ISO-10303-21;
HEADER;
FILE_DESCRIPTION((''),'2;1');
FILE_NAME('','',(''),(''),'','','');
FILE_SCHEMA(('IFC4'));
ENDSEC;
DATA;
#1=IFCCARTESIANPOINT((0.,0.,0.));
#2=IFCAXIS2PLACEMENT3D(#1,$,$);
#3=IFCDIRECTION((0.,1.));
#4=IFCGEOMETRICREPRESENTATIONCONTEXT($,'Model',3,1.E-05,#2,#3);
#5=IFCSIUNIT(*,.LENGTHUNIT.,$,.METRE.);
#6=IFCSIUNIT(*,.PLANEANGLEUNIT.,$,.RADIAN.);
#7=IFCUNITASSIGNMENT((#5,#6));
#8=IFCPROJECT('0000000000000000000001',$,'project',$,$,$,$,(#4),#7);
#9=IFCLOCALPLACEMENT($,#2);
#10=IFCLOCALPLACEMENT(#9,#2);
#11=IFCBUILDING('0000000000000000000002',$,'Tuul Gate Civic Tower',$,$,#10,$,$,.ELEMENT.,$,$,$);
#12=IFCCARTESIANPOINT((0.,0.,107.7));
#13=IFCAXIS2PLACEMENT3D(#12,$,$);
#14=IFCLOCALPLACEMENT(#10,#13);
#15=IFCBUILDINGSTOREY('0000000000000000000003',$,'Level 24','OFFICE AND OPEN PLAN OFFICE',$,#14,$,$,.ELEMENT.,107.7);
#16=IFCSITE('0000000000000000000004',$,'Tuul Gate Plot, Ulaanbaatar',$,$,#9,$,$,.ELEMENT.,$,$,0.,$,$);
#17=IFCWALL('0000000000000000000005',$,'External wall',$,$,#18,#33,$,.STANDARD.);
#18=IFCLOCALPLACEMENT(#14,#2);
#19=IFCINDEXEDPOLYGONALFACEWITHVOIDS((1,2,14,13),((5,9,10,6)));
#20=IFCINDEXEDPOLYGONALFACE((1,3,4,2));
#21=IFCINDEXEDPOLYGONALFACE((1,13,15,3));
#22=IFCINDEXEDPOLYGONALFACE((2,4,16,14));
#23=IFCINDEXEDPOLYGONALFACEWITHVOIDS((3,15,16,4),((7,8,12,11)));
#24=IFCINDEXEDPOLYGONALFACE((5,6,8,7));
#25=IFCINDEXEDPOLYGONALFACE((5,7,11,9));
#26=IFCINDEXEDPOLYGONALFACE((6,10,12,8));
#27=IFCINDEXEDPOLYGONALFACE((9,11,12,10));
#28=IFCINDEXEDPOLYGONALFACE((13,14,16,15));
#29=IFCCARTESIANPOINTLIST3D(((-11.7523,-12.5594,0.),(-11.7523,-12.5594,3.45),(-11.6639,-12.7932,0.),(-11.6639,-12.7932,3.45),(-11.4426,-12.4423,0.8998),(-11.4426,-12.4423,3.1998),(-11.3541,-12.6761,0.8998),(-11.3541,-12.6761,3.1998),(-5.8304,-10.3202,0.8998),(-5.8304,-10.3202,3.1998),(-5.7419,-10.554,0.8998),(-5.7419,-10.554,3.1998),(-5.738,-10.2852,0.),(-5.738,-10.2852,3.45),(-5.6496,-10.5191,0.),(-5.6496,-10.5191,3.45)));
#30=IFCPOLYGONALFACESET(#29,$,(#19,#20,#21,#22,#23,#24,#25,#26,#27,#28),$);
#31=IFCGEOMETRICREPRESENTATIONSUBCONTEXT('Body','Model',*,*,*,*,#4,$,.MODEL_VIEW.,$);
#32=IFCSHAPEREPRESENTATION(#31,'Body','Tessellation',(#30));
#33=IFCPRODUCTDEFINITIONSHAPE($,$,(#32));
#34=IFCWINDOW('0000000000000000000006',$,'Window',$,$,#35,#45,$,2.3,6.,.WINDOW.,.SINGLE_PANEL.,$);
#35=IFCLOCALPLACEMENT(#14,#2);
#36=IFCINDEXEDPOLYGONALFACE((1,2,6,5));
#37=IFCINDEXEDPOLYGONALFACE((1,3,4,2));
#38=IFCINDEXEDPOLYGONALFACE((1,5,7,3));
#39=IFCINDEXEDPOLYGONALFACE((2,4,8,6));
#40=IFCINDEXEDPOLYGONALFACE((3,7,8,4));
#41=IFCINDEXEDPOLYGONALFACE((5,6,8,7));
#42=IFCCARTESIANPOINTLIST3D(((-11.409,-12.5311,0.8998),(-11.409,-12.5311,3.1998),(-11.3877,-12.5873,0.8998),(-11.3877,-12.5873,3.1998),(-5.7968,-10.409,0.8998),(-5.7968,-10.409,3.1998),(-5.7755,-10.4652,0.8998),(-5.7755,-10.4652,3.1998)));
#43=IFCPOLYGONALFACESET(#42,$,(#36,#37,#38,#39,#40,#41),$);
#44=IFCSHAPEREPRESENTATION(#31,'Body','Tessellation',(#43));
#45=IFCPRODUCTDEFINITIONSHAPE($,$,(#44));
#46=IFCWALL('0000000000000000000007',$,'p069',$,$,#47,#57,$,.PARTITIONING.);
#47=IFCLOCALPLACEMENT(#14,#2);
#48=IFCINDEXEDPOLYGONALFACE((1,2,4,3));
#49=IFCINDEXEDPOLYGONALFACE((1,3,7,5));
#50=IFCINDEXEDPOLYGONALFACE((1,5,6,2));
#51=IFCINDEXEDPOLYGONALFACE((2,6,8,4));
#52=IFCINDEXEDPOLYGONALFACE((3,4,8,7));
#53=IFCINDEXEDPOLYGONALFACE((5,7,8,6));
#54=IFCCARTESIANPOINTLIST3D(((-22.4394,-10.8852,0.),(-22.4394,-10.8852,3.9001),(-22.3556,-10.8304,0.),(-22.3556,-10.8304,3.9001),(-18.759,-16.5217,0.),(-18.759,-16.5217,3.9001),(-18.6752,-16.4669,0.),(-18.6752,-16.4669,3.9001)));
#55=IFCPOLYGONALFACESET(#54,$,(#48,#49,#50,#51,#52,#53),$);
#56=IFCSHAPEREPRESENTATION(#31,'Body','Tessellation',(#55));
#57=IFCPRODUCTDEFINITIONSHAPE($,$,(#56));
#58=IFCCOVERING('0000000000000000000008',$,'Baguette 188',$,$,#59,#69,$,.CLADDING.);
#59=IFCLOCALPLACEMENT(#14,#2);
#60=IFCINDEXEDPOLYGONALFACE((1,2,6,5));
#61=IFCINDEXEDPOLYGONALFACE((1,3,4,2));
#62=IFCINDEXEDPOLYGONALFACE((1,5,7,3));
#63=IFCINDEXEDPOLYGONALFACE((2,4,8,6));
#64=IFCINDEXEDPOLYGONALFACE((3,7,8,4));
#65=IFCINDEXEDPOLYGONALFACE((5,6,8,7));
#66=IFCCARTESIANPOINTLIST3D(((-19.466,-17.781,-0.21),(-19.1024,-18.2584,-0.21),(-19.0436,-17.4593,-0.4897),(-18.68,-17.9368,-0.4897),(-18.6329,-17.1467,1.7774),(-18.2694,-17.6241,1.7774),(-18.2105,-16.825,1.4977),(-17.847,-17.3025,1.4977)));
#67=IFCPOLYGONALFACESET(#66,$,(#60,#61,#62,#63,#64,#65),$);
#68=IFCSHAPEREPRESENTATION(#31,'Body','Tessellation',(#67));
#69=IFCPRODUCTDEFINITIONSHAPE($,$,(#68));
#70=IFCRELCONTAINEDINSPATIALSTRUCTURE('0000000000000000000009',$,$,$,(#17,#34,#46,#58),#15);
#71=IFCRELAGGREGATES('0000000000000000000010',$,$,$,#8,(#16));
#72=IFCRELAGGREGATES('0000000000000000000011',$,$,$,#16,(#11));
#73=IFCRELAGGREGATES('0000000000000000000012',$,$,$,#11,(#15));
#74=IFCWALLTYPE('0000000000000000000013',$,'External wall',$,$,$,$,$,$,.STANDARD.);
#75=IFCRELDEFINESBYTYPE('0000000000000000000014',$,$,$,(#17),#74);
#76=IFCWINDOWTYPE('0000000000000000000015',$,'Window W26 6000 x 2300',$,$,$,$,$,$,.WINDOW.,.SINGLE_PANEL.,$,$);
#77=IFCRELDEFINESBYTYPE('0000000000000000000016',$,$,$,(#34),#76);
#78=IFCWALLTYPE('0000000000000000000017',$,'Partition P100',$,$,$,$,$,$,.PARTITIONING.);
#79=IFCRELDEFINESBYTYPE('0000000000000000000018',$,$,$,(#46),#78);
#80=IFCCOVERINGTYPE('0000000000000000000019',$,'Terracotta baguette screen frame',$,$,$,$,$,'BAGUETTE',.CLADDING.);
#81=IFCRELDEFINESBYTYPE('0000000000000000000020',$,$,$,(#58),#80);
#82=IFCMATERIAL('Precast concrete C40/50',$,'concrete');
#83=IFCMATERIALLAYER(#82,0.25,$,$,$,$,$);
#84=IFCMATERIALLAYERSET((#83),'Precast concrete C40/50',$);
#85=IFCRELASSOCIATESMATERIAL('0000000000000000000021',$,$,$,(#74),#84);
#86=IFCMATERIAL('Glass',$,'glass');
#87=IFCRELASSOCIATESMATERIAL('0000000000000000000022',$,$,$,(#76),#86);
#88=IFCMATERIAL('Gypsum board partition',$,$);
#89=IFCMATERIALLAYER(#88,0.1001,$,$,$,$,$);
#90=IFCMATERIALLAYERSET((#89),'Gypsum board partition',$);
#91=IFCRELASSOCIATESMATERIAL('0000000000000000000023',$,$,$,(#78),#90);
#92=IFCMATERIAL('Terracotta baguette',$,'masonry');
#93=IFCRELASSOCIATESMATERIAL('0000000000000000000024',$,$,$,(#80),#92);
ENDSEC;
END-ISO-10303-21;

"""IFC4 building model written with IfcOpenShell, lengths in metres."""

from ifc_helpers import new_model, si_unit, direction, frame, frame_2d, origin, origin_2d, place, context, subcontext, project, spatial, rectangle, extrude, material, layer, layer_set, material_profile, profile_set, type_object, element, fill, save


model = new_model("IFC4")

# Units and contexts
model_context = context("Model", 3, precision=1e-05, world=origin(), true_north=direction((0.0, 1.0)))
body_context = subcontext(model_context, "Body", "Model", "MODEL_VIEW")
ifc_project = project(units=[si_unit("LENGTHUNIT", "METRE"), si_unit("PLANEANGLEUNIT", "RADIAN")], contexts=[model_context])

# Site, building, storey
site_placement = place(None, origin())
site = spatial("IfcSite", under=ifc_project, at=site_placement, Name="Tuul Gate Plot, Ulaanbaatar", CompositionType="ELEMENT", RefElevation=0.0)
building_placement = place(site_placement, origin())
building = spatial("IfcBuilding", under=site, at=building_placement, Name="Tuul Gate Civic Tower", CompositionType="ELEMENT")
storey_placement = place(building_placement, frame((0.0, 0.0, 107.7)))
storey = spatial("IfcBuildingStorey", under=building, at=storey_placement, Name="Level 24", Description="OFFICE AND OPEN PLAN OFFICE", CompositionType="ELEMENT", Elevation=107.7)

# Wall, opening, window
ifc_material_1 = material(Name="Precast concrete C40/50", Category="concrete")
ifc_layer_1 = layer(ifc_material_1, 0.25)
ifc_layer_set_1 = layer_set([ifc_layer_1], Name="Precast concrete C40/50")
wall_type_1 = type_object("IfcWallType", Name="External wall", PredefinedType="STANDARD", material=ifc_layer_set_1)
ifc_material_2 = material(Name="Glass", Category="glass")
window_type = type_object("IfcWindowType", Name="Window W26 6000 x 2300", PartitioningType="SINGLE_PANEL", PredefinedType="WINDOW", material=ifc_material_2)
wall_1_placement = place(storey_placement, frame((-11.708, -12.6763, 0.0), z_axis=(0.0, 0.0, 1.0), x_axis=(0.935366, 0.353681, 0.0)))
wall_1 = element("IfcWall", 1, at=wall_1_placement, inside=storey, type_object=wall_type_1, Name="External wall", PredefinedType="STANDARD", context=body_context, shape_type="SweptSolid", body=[
    extrude(rectangle(XDim=6.4299, YDim=0.25, at=frame_2d((3.2148, 0.0))), origin(), (0.0, 0.0, 1.0), 3.45),
])
opening_1_placement = place(wall_1_placement, frame((0.3311, 0.0, 0.8999)))
opening_1 = element("IfcOpeningElement", 2, at=opening_1_placement, cuts=wall_1, PredefinedType="OPENING", context=body_context, shape_type="SweptSolid", body=[
    extrude(rectangle(XDim=6.0, YDim=2.3, at=frame_2d((3.0, 1.1499))), frame((0.0, 0.135, 0.0), z_axis=(0.0, -1.0, 0.0), x_axis=(1.0, 0.0, 0.0)), (0.0, 0.0, 1.0), 0.27),
])
window_1_placement = place(opening_1_placement, origin())
window_1 = element("IfcWindow", 3, at=window_1_placement, inside=storey, type_object=window_type, Name="Window", OverallHeight=2.3, OverallWidth=6.0, PartitioningType="SINGLE_PANEL", PredefinedType="WINDOW", context=body_context, shape_type="SweptSolid", body=[
    extrude(rectangle(XDim=6.0, YDim=2.3, at=frame_2d((3.0, 1.1499))), frame((0.0, 0.03, 0.0), z_axis=(0.0, -1.0, 0.0), x_axis=(1.0, 0.0, 0.0)), (0.0, 0.0, 1.0), 0.0601),
])
fill(opening_1, window_1)

# Wall
ifc_material_3 = material(Name="Gypsum board partition")
ifc_layer_2 = layer(ifc_material_3, 0.1001)
ifc_layer_set_2 = layer_set([ifc_layer_2], Name="Gypsum board partition")
wall_type_2 = type_object("IfcWallType", Name="Partition P100", PredefinedType="PARTITIONING", material=ifc_layer_set_2)
wall_2_placement = place(storey_placement, frame((-22.3975, -10.8579, 0.0), z_axis=(0.0, 0.0, 1.0), x_axis=(0.546732, -0.837307, 0.0)))
element("IfcWall", 4, at=wall_2_placement, inside=storey, type_object=wall_type_2, Name="p069", PredefinedType="PARTITIONING", context=body_context, shape_type="SweptSolid", body=[
    extrude(rectangle(XDim=6.7317, YDim=0.1001, at=frame_2d((3.3657, 0.0))), origin(), (0.0, 0.0, 1.0), 3.9001),
])

# Covering
ifc_material_4 = material(Name="Terracotta baguette", Category="masonry")
ifc_material_profile_1 = material_profile(ifc_material_4, rectangle(XDim=0.6001, YDim=0.6001, at=origin_2d()), Name="Terracotta baguette screen frame")
ifc_profile_set_1 = profile_set([ifc_material_profile_1], Name="Terracotta baguette")
covering_type = type_object("IfcCoveringType", Name="Terracotta baguette screen frame", ElementType="BAGUETTE", PredefinedType="CLADDING", material=ifc_profile_set_1)
covering_placement = place(storey_placement, frame((-19.073, -17.8589, -0.3499), z_axis=(0.370846, 0.282373, 0.884725), x_axis=(-0.605804, 0.795614, 0.0)))
element("IfcCovering", 5, at=covering_placement, inside=storey, type_object=covering_type, Name="Baguette 188", PredefinedType="CLADDING", context=body_context, shape_type="SweptSolid", body=[
    extrude(rectangle(XDim=0.6001, YDim=0.6001, at=origin_2d()), origin(), (0.0, 0.0, 1.0), 2.2463),
])

save(model, "model.ifc")
